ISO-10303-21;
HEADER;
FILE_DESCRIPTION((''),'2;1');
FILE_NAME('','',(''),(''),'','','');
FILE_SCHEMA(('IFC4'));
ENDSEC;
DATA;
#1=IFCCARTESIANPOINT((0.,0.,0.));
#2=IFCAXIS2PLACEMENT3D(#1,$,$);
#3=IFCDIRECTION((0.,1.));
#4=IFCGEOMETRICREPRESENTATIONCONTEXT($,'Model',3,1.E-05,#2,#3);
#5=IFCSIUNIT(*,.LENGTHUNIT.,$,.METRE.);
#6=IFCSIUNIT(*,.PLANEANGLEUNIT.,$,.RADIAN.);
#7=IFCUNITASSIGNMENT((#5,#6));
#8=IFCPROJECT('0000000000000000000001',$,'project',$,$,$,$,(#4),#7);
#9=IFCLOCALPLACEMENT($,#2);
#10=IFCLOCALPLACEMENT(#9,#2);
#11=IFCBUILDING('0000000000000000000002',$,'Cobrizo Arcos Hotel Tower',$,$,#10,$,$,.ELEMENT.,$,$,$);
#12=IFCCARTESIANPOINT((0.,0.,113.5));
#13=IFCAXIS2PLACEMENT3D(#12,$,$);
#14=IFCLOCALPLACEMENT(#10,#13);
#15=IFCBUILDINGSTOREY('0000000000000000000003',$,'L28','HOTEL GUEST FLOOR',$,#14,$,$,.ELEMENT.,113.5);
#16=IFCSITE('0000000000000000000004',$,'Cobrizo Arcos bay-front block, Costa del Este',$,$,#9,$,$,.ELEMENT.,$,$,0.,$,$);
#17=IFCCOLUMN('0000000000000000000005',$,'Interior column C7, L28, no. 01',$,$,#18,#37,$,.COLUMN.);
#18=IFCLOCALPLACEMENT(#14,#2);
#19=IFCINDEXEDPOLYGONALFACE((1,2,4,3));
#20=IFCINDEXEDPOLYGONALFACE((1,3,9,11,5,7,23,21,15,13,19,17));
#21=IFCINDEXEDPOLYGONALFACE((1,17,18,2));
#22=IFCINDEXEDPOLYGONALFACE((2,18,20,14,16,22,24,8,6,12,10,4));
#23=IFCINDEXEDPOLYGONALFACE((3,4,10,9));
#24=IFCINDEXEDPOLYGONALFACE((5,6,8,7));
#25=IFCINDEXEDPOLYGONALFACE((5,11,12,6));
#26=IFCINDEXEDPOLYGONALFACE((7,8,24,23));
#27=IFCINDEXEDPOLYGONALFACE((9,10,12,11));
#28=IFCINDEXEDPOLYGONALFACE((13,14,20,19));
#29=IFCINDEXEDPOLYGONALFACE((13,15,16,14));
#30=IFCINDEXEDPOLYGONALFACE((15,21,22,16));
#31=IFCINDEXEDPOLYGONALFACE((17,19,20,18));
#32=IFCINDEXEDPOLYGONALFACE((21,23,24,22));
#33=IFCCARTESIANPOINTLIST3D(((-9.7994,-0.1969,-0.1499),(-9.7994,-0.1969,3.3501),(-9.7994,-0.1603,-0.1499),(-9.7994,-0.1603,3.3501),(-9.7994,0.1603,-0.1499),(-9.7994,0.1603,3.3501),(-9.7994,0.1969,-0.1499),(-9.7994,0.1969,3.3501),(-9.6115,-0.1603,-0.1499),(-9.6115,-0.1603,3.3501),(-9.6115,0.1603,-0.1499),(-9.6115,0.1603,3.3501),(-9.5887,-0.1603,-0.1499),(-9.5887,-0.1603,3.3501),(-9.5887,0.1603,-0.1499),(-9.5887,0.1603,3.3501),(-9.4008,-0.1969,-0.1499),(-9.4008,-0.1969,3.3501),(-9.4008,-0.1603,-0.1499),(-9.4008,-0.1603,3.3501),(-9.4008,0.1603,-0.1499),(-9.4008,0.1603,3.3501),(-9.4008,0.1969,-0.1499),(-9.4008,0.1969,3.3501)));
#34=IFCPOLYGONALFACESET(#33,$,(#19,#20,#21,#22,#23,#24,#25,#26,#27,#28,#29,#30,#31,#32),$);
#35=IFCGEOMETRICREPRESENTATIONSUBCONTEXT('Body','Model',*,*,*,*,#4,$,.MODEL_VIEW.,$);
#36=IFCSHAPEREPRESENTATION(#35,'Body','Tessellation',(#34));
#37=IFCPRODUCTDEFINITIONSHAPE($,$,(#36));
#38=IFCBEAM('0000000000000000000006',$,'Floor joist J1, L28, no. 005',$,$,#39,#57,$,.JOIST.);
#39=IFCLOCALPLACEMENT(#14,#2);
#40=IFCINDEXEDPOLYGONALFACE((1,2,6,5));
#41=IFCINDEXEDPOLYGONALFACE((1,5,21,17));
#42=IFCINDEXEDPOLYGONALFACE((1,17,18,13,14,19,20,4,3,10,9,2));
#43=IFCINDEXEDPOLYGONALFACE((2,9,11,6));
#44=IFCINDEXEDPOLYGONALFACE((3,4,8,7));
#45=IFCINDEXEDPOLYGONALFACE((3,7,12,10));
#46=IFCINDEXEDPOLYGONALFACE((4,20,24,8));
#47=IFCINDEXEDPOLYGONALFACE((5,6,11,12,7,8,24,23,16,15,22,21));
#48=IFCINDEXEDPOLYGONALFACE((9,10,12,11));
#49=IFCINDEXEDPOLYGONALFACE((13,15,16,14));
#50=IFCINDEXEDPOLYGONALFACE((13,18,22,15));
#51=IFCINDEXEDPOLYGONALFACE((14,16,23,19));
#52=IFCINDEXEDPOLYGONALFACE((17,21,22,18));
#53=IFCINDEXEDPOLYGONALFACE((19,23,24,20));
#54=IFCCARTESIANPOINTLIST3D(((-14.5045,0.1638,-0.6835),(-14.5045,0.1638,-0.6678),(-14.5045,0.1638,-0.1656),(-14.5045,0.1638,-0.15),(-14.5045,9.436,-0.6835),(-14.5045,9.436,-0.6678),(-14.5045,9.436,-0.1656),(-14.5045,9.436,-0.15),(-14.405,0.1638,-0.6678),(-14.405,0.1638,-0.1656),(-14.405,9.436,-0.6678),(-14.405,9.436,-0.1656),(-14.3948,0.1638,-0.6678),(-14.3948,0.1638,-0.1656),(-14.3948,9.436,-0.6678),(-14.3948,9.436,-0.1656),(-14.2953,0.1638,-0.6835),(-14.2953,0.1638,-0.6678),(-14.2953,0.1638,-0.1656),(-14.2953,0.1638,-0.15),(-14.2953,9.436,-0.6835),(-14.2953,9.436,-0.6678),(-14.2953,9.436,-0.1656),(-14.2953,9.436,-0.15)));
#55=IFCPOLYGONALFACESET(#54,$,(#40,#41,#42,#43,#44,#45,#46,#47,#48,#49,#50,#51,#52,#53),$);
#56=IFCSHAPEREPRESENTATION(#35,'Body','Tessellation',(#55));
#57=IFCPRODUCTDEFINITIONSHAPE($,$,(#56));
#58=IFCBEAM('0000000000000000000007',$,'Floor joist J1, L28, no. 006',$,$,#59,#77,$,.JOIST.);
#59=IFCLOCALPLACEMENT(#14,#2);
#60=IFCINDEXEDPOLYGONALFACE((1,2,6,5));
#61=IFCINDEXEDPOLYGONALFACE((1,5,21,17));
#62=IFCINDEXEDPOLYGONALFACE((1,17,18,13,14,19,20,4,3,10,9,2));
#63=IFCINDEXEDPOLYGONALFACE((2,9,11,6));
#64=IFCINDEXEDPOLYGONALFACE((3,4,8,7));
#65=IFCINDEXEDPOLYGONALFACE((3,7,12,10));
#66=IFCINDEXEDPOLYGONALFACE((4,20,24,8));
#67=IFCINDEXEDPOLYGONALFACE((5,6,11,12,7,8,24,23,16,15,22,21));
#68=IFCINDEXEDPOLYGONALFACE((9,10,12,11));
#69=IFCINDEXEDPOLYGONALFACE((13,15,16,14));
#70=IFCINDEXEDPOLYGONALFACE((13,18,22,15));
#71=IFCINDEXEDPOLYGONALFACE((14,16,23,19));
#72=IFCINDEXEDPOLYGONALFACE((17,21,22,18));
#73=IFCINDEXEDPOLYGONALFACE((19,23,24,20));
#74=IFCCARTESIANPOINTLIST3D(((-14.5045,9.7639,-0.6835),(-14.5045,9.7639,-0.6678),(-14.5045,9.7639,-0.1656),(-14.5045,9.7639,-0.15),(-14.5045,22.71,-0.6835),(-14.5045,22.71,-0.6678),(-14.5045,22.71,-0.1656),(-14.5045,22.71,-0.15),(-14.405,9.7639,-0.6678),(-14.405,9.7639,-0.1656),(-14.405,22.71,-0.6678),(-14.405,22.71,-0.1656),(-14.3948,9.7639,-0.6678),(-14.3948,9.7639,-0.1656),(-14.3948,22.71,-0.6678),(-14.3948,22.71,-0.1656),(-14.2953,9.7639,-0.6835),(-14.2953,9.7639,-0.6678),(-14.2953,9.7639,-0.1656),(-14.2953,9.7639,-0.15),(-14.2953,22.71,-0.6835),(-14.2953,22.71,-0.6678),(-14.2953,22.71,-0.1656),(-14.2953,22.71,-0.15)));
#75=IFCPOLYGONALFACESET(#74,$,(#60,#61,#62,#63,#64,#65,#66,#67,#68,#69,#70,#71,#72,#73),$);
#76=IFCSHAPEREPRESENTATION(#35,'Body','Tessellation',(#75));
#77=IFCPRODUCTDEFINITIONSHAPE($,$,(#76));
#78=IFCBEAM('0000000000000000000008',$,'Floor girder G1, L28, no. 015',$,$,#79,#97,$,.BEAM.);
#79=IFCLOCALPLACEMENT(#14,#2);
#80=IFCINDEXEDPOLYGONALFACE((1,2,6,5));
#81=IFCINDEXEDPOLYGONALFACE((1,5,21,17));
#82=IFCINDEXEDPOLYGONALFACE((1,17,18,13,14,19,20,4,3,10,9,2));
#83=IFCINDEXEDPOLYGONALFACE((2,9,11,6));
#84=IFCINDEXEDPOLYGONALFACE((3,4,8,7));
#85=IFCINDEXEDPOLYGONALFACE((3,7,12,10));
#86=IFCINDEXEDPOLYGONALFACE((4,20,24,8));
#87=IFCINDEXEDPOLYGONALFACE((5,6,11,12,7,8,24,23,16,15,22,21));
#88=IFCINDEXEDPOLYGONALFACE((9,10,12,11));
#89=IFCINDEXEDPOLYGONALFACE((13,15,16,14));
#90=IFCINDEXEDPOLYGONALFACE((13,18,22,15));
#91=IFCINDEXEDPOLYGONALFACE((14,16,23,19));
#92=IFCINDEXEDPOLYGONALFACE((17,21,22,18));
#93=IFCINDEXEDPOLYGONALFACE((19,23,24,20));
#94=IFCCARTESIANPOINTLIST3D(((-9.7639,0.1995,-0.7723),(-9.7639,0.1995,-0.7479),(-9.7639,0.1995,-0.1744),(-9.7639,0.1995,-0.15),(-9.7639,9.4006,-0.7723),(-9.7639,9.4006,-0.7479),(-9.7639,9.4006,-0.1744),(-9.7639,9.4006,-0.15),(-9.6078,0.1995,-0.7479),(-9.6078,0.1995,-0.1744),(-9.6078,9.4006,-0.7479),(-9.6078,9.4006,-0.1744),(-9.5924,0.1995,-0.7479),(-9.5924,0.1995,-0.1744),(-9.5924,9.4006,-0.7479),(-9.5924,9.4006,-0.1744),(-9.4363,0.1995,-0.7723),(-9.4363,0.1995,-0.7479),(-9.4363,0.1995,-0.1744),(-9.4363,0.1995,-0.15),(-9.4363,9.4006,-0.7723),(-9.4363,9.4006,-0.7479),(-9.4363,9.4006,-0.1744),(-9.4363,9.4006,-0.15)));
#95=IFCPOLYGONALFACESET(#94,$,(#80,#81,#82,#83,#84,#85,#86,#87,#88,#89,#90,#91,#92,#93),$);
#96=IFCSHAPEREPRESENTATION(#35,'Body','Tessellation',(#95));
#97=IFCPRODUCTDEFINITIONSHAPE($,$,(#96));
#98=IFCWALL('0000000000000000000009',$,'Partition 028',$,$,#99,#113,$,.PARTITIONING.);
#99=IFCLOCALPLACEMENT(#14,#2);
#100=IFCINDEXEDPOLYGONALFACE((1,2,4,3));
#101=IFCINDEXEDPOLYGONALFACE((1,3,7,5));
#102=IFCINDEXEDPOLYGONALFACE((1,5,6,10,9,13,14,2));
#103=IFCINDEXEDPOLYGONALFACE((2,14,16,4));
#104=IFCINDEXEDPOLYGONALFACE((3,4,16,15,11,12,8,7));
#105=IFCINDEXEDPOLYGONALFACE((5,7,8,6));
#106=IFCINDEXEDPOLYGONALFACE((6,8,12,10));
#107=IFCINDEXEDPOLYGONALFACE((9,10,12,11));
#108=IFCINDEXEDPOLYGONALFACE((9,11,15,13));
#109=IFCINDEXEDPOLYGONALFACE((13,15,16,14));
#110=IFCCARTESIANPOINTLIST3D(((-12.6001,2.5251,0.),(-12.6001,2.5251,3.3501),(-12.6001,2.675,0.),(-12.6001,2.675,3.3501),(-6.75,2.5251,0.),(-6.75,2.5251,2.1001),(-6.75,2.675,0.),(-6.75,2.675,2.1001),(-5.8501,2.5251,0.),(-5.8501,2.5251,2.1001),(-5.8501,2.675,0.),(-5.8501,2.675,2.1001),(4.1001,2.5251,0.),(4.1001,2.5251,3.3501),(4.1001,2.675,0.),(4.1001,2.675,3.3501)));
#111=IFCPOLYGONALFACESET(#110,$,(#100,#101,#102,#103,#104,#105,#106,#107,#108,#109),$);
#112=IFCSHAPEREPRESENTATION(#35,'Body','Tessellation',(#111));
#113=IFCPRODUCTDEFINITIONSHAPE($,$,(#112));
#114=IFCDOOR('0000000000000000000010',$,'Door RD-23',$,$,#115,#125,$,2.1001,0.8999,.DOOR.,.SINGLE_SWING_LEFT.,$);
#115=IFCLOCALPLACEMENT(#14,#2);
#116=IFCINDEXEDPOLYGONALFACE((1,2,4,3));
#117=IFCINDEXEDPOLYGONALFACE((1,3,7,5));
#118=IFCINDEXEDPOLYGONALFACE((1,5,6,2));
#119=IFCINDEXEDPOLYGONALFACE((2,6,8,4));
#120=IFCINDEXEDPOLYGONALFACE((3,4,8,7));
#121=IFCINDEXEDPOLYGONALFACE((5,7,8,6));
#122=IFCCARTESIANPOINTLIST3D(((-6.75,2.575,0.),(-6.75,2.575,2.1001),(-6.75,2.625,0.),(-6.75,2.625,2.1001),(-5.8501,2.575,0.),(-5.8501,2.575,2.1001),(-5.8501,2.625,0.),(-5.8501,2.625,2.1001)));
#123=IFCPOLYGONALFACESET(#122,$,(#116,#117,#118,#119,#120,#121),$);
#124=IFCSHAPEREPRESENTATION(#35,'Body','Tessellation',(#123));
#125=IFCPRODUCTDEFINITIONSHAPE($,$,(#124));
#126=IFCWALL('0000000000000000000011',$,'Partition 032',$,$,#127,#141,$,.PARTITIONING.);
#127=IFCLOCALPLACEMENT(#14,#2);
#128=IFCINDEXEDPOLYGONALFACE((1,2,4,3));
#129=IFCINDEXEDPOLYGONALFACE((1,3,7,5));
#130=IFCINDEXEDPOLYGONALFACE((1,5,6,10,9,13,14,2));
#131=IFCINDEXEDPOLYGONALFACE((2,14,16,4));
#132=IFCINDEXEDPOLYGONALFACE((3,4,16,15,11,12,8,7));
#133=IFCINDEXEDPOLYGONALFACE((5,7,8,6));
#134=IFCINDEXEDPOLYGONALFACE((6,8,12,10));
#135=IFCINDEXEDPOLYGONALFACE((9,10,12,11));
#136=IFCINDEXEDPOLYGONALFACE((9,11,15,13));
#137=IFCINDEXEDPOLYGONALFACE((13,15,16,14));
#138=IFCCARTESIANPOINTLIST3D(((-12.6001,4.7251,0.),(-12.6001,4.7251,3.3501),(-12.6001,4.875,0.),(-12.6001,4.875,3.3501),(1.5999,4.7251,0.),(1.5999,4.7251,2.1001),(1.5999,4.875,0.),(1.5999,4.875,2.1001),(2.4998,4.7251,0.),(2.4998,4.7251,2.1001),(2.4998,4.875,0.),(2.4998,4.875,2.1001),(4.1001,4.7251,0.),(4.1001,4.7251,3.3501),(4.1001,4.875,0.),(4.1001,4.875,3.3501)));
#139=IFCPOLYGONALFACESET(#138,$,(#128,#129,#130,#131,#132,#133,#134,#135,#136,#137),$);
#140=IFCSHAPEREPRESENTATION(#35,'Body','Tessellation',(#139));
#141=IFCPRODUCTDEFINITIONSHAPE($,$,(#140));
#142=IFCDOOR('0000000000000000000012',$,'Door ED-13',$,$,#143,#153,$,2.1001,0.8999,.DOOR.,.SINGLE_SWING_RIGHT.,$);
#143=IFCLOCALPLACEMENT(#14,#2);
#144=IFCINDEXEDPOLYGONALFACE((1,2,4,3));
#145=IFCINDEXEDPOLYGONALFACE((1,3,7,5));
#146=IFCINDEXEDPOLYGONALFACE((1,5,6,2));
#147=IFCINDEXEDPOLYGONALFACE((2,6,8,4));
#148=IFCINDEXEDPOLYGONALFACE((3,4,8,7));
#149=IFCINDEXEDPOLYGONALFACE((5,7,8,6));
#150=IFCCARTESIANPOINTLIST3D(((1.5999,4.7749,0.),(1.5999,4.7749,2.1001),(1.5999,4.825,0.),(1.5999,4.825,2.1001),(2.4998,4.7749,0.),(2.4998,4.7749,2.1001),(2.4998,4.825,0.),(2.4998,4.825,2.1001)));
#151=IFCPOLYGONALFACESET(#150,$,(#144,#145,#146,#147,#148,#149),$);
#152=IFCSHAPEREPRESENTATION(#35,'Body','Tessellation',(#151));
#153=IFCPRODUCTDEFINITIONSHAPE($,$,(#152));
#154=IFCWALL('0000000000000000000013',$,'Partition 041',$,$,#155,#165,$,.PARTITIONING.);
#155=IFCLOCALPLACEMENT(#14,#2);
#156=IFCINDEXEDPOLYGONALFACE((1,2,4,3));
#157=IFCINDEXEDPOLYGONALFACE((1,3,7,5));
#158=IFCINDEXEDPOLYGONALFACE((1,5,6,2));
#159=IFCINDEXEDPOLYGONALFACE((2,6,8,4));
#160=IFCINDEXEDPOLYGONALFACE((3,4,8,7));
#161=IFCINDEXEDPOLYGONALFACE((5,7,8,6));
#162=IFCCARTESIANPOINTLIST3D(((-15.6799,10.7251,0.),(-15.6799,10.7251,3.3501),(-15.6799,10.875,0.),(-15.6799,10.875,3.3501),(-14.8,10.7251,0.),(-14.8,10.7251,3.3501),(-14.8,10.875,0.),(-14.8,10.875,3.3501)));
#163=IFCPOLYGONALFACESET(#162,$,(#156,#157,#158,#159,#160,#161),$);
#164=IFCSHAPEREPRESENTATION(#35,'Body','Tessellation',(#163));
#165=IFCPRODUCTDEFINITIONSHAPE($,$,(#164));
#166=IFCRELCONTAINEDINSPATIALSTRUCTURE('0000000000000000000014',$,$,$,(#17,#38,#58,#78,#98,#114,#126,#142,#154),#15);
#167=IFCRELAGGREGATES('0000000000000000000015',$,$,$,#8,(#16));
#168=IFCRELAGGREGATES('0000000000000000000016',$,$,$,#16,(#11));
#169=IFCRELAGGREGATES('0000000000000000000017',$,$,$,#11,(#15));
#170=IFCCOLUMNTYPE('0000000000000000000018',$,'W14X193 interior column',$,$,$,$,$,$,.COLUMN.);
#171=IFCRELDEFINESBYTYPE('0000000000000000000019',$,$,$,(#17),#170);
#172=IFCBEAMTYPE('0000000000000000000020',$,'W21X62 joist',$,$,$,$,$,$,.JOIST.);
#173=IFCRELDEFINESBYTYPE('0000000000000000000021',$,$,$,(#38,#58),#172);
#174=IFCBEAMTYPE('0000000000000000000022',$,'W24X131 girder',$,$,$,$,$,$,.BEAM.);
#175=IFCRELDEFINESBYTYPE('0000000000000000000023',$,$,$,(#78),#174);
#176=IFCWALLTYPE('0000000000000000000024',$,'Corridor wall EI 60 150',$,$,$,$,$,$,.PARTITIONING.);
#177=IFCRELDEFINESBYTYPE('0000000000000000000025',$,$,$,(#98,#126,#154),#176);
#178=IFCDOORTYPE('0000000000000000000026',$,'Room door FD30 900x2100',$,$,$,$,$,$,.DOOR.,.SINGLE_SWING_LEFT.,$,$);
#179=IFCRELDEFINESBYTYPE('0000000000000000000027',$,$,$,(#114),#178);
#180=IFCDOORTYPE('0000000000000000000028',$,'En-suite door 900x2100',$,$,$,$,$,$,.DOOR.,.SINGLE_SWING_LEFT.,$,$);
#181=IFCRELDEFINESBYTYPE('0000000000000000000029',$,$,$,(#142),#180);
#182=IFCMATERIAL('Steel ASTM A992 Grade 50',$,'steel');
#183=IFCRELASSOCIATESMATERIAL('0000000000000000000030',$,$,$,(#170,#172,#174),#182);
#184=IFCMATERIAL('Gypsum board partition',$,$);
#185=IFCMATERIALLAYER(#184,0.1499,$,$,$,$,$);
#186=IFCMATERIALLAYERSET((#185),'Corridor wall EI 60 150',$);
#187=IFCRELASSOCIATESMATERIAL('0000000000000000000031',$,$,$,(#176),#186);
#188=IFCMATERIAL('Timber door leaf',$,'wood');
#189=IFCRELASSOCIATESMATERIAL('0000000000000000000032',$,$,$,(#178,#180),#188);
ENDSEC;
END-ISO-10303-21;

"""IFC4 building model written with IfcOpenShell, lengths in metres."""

from ifc_helpers import new_model, si_unit, direction, frame, frame_2d, origin, origin_2d, place, context, subcontext, project, spatial, rectangle, i_section, extrude, material, layer, layer_set, material_profile, profile_set, type_object, element, fill, save


model = new_model("IFC4")

# Units and contexts
model_context = context("Model", 3, precision=1e-05, world=origin(), true_north=direction((0.0, 1.0)))
body_context = subcontext(model_context, "Body", "Model", "MODEL_VIEW")
ifc_project = project(units=[si_unit("LENGTHUNIT", "METRE"), si_unit("PLANEANGLEUNIT", "RADIAN")], contexts=[model_context])

# Site, building, storey
site_placement = place(None, origin())
site = spatial("IfcSite", under=ifc_project, at=site_placement, Name="Cobrizo Arcos bay-front block, Costa del Este", CompositionType="ELEMENT", RefElevation=0.0)
building_placement = place(site_placement, origin())
building = spatial("IfcBuilding", under=site, at=building_placement, Name="Cobrizo Arcos Hotel Tower", CompositionType="ELEMENT")
storey_placement = place(building_placement, frame((0.0, 0.0, 113.5)))
storey = spatial("IfcBuildingStorey", under=building, at=storey_placement, Name="L28", Description="HOTEL GUEST FLOOR", CompositionType="ELEMENT", Elevation=113.5)

# Column
ifc_material_1 = material(Name="Steel ASTM A992 Grade 50", Category="steel")
ifc_material_profile_1 = material_profile(ifc_material_1, i_section(OverallWidth=0.3987, OverallDepth=0.3938, WebThickness=0.0227, FlangeThickness=0.0366, at=origin_2d()), Name="W14X193")
ifc_profile_set_1 = profile_set([ifc_material_profile_1], Name="Steel ASTM A992 Grade 50")
column_type = type_object("IfcColumnType", Name="W14X193 interior column", PredefinedType="COLUMN", material=ifc_profile_set_1)
column_placement = place(storey_placement, frame((-9.6001, 0.0, -0.1499), z_axis=(0.0, 0.0, 1.0), x_axis=(1.0, 0.0, 0.0)))
element("IfcColumn", 1, at=column_placement, inside=storey, type_object=column_type, Name="Interior column C7, L28, no. 01", PredefinedType="COLUMN", context=body_context, shape_type="SweptSolid", body=[
    extrude(i_section(OverallWidth=0.3987, OverallDepth=0.3938, WebThickness=0.0227, FlangeThickness=0.0366, at=origin_2d()), origin(), (0.0, 0.0, 1.0), 3.5),
])

# Beams
ifc_material_profile_2 = material_profile(ifc_material_1, i_section(OverallWidth=0.2092, OverallDepth=0.5334, WebThickness=0.0103, FlangeThickness=0.0156, at=origin_2d()), Name="W21X62")
ifc_profile_set_2 = profile_set([ifc_material_profile_2], Name="Steel ASTM A992 Grade 50")
beam_type_1 = type_object("IfcBeamType", Name="W21X62 joist", PredefinedType="JOIST", material=ifc_profile_set_2)
beam_1_placement = place(storey_placement, frame((-14.3999, 0.1638, -0.4167), z_axis=(0.0, 1.0, 0.0), x_axis=(-1.0, 0.0, 0.0)))
element("IfcBeam", 2, at=beam_1_placement, inside=storey, type_object=beam_type_1, Name="Floor joist J1, L28, no. 005", PredefinedType="JOIST", context=body_context, shape_type="SweptSolid", body=[
    extrude(i_section(OverallWidth=0.2092, OverallDepth=0.5334, WebThickness=0.0103, FlangeThickness=0.0156, at=origin_2d()), origin(), (0.0, 0.0, 1.0), 9.2722),
])
beam_2_placement = place(storey_placement, frame((-14.3999, 9.7639, -0.4167), z_axis=(0.0, 1.0, 0.0), x_axis=(-1.0, 0.0, 0.0)))
element("IfcBeam", 3, at=beam_2_placement, inside=storey, type_object=beam_type_1, Name="Floor joist J1, L28, no. 006", PredefinedType="JOIST", context=body_context, shape_type="SweptSolid", body=[
    extrude(i_section(OverallWidth=0.2092, OverallDepth=0.5334, WebThickness=0.0103, FlangeThickness=0.0156, at=origin_2d()), origin(), (0.0, 0.0, 1.0), 12.946),
])
ifc_material_profile_3 = material_profile(ifc_material_1, i_section(OverallWidth=0.3276, OverallDepth=0.6223, WebThickness=0.0154, FlangeThickness=0.0244, at=origin_2d()), Name="W24X131")
ifc_profile_set_3 = profile_set([ifc_material_profile_3], Name="Steel ASTM A992 Grade 50")
beam_type_2 = type_object("IfcBeamType", Name="W24X131 girder", PredefinedType="BEAM", material=ifc_profile_set_3)
beam_3_placement = place(storey_placement, frame((-9.6001, 0.1995, -0.4612), z_axis=(0.0, 1.0, 0.0), x_axis=(-1.0, 0.0, 0.0)))
element("IfcBeam", 4, at=beam_3_placement, inside=storey, type_object=beam_type_2, Name="Floor girder G1, L28, no. 015", PredefinedType="BEAM", context=body_context, shape_type="SweptSolid", body=[
    extrude(i_section(OverallWidth=0.3276, OverallDepth=0.6223, WebThickness=0.0154, FlangeThickness=0.0244, at=origin_2d()), origin(), (0.0, 0.0, 1.0), 9.2012),
])

# Walls, openings, doors
ifc_material_2 = material(Name="Gypsum board partition")
ifc_layer_1 = layer(ifc_material_2, 0.1499)
ifc_layer_set_1 = layer_set([ifc_layer_1], Name="Corridor wall EI 60 150")
wall_type_1 = type_object("IfcWallType", Name="Corridor wall EI 60 150", PredefinedType="PARTITIONING", material=ifc_layer_set_1)
wall_1_placement = place(storey_placement, frame((-12.6001, 2.6001, 0.0), z_axis=(0.0, 0.0, 1.0), x_axis=(1.0, 0.0, 0.0)))
wall_1 = element("IfcWall", 5, at=wall_1_placement, inside=storey, type_object=wall_type_1, Name="Partition 028", PredefinedType="PARTITIONING", context=body_context, shape_type="SweptSolid", body=[
    extrude(rectangle(XDim=16.7002, YDim=0.1499, at=frame_2d((8.3501, 0.0))), origin(), (0.0, 0.0, 1.0), 3.3501),
])
opening_1_placement = place(wall_1_placement, frame((5.8501, 0.0, 0.0)))
opening_1 = element("IfcOpeningElement", 6, at=opening_1_placement, cuts=wall_1, PredefinedType="OPENING", context=body_context, shape_type="SweptSolid", body=[
    extrude(rectangle(XDim=0.8999, YDim=2.1001, at=frame_2d((0.45, 1.05))), frame((0.0, 0.0869, 0.0), z_axis=(0.0, -1.0, 0.0), x_axis=(1.0, 0.0, 0.0)), (0.0, 0.0, 1.0), 0.1738),
])
ifc_material_3 = material(Name="Timber door leaf", Category="wood")
door_type_1 = type_object("IfcDoorType", Name="Room door FD30 900x2100", OperationType="SINGLE_SWING_LEFT", PredefinedType="DOOR", material=ifc_material_3)
door_1_placement = place(opening_1_placement, origin())
door_1 = element("IfcDoor", 7, at=door_1_placement, inside=storey, type_object=door_type_1, Name="Door RD-23", OperationType="SINGLE_SWING_LEFT", OverallHeight=2.1001, OverallWidth=0.8999, PredefinedType="DOOR", context=body_context, shape_type="SweptSolid", body=[
    extrude(rectangle(XDim=0.8999, YDim=2.1001, at=frame_2d((0.45, 1.05))), frame((0.0, 0.0249, 0.0), z_axis=(0.0, -1.0, 0.0), x_axis=(1.0, 0.0, 0.0)), (0.0, 0.0, 1.0), 0.05),
])
fill(opening_1, door_1)
wall_2_placement = place(storey_placement, frame((-12.6001, 4.8, 0.0), z_axis=(0.0, 0.0, 1.0), x_axis=(1.0, 0.0, 0.0)))
wall_2 = element("IfcWall", 8, at=wall_2_placement, inside=storey, type_object=wall_type_1, Name="Partition 032", PredefinedType="PARTITIONING", context=body_context, shape_type="SweptSolid", body=[
    extrude(rectangle(XDim=16.7002, YDim=0.1499, at=frame_2d((8.3501, 0.0))), origin(), (0.0, 0.0, 1.0), 3.3501),
])
opening_2_placement = place(wall_2_placement, frame((14.2, 0.0, 0.0)))
opening_2 = element("IfcOpeningElement", 9, at=opening_2_placement, cuts=wall_2, PredefinedType="OPENING", context=body_context, shape_type="SweptSolid", body=[
    extrude(rectangle(XDim=0.8999, YDim=2.1001, at=frame_2d((0.45, 1.05))), frame((0.0, 0.0869, 0.0), z_axis=(0.0, -1.0, 0.0), x_axis=(1.0, 0.0, 0.0)), (0.0, 0.0, 1.0), 0.1738),
])
door_type_2 = type_object("IfcDoorType", Name="En-suite door 900x2100", OperationType="SINGLE_SWING_LEFT", PredefinedType="DOOR", material=ifc_material_3)
door_2_placement = place(opening_2_placement, origin())
door_2 = element("IfcDoor", 10, at=door_2_placement, inside=storey, type_object=door_type_2, Name="Door ED-13", OperationType="SINGLE_SWING_RIGHT", OverallHeight=2.1001, OverallWidth=0.8999, PredefinedType="DOOR", context=body_context, shape_type="SweptSolid", body=[
    extrude(rectangle(XDim=0.8999, YDim=2.1001, at=frame_2d((0.45, 1.05))), frame((0.0, 0.0249, 0.0), z_axis=(0.0, -1.0, 0.0), x_axis=(1.0, 0.0, 0.0)), (0.0, 0.0, 1.0), 0.05),
])
fill(opening_2, door_2)

# Wall
wall_3_placement = place(storey_placement, frame((-15.6799, 10.8, 0.0), z_axis=(0.0, 0.0, 1.0), x_axis=(1.0, 0.0, 0.0)))
element("IfcWall", 11, at=wall_3_placement, inside=storey, type_object=wall_type_1, Name="Partition 041", PredefinedType="PARTITIONING", context=body_context, shape_type="SweptSolid", body=[
    extrude(rectangle(XDim=0.8799, YDim=0.1499, at=frame_2d((0.4399, 0.0))), origin(), (0.0, 0.0, 1.0), 3.3501),
])

save(model, "model.ifc")
